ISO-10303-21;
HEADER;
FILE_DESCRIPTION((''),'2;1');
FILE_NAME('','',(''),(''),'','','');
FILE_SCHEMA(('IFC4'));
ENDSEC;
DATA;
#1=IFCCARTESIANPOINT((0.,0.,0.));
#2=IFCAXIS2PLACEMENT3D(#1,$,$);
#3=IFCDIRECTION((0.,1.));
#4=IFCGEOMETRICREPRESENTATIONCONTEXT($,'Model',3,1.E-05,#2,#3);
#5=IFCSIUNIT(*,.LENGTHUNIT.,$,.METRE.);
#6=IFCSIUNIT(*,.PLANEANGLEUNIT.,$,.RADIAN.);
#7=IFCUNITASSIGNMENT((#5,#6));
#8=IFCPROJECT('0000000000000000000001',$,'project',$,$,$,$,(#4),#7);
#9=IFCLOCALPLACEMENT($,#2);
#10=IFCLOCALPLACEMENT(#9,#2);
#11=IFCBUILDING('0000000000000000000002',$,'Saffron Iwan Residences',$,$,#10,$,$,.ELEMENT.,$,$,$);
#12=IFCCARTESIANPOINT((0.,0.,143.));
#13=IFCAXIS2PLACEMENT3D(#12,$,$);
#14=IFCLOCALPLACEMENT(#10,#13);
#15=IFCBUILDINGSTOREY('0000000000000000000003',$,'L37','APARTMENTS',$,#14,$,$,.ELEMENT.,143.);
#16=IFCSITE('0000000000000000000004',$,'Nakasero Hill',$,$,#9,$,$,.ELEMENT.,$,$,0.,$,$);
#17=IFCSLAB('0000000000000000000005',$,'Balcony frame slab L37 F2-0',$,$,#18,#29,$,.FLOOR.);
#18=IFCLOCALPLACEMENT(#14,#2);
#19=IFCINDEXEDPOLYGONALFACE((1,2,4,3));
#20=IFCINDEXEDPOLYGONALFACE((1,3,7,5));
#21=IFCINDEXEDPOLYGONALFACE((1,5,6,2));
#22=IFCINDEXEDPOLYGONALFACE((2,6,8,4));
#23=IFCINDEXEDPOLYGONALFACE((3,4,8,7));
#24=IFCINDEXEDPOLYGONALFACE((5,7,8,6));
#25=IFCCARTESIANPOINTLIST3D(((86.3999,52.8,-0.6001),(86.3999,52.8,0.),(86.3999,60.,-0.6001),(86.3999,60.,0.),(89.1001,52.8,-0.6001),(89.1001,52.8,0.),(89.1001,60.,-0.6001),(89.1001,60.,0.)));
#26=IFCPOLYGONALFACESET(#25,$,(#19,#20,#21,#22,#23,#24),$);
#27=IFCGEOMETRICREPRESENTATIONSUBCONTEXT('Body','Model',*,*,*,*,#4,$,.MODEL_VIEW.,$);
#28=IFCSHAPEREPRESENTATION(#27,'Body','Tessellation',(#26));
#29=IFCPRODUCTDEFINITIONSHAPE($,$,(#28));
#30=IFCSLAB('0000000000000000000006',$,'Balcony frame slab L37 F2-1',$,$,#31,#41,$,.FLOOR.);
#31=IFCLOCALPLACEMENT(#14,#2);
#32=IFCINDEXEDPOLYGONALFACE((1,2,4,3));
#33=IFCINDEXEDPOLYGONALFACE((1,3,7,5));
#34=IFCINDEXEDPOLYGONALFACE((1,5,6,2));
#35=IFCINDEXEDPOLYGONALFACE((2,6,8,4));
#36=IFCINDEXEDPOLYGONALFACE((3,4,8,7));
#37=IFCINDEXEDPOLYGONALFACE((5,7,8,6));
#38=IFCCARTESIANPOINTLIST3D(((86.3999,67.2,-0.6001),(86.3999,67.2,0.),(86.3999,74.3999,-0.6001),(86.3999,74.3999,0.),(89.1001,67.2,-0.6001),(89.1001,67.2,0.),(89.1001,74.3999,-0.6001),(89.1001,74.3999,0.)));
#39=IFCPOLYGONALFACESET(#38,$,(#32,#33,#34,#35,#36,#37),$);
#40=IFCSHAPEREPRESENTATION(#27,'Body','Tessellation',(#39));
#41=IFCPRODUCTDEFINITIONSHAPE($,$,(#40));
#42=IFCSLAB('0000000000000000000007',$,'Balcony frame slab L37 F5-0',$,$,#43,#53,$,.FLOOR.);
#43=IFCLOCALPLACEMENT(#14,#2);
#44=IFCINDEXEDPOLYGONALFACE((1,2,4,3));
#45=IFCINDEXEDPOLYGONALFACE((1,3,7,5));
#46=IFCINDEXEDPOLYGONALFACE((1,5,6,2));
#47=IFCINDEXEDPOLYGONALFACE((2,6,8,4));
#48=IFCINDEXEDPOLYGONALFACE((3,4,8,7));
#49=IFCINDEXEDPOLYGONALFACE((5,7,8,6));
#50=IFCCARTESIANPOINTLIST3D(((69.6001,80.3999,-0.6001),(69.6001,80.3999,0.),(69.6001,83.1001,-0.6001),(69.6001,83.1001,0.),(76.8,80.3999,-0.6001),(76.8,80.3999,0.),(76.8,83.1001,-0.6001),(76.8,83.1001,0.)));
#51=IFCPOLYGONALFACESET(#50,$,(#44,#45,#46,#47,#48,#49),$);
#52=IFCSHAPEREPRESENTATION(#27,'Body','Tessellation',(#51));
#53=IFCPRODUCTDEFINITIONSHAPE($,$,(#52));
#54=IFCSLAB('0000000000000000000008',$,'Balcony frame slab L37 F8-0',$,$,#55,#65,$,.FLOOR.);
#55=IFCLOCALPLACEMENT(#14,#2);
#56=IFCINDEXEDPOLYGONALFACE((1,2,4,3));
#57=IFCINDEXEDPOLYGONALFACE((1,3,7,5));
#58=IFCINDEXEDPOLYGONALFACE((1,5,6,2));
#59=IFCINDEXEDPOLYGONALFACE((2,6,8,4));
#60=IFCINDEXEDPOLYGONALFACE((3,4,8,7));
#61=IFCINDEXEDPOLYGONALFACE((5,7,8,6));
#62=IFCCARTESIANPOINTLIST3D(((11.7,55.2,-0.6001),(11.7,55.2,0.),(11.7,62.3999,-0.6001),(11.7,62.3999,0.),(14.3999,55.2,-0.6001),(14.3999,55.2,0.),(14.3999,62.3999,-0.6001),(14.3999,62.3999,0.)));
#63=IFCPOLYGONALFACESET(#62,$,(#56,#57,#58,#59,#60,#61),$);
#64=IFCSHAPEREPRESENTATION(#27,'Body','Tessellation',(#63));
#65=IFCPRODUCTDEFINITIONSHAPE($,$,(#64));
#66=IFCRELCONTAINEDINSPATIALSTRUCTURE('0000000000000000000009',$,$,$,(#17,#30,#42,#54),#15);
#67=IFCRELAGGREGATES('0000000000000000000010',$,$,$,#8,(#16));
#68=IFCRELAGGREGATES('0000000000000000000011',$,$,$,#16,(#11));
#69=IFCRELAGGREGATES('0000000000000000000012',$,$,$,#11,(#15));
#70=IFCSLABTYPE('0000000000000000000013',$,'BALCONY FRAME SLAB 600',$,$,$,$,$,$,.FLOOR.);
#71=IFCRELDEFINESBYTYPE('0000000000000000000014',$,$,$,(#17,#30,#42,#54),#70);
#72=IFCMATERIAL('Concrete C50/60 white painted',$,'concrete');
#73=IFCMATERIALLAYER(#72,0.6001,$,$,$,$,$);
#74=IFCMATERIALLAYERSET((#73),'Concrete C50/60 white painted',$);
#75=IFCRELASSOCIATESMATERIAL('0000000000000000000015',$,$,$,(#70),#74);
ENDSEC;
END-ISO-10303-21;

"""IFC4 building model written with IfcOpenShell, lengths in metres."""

from ifc_helpers import new_model, si_unit, direction, frame, origin, place, context, subcontext, project, spatial, polyline, outline, extrude, material, layer, layer_set, type_object, element, save


model = new_model("IFC4")

# Units and contexts
model_context = context("Model", 3, precision=1e-05, world=origin(), true_north=direction((0.0, 1.0)))
body_context = subcontext(model_context, "Body", "Model", "MODEL_VIEW")
ifc_project = project(units=[si_unit("LENGTHUNIT", "METRE"), si_unit("PLANEANGLEUNIT", "RADIAN")], contexts=[model_context])

# Site, building, storey
site_placement = place(None, origin())
site = spatial("IfcSite", under=ifc_project, at=site_placement, Name="Nakasero Hill", CompositionType="ELEMENT", RefElevation=0.0)
building_placement = place(site_placement, origin())
building = spatial("IfcBuilding", under=site, at=building_placement, Name="Saffron Iwan Residences", CompositionType="ELEMENT")
storey_placement = place(building_placement, frame((0.0, 0.0, 143.0)))
storey = spatial("IfcBuildingStorey", under=building, at=storey_placement, Name="L37", Description="APARTMENTS", CompositionType="ELEMENT", Elevation=143.0)

# Slabs
ifc_material_1 = material(Name="Concrete C50/60 white painted", Category="concrete")
ifc_layer_1 = layer(ifc_material_1, 0.6001)
ifc_layer_set_1 = layer_set([ifc_layer_1], Name="Concrete C50/60 white painted")
slab_type_1 = type_object("IfcSlabType", Name="BALCONY FRAME SLAB 600", PredefinedType="FLOOR", material=ifc_layer_set_1)
slab_1_placement = place(storey_placement, frame((0.0, 0.0, -0.6001)))
element("IfcSlab", 1, at=slab_1_placement, inside=storey, type_object=slab_type_1, Name="Balcony frame slab L37 F2-0", PredefinedType="FLOOR", context=body_context, shape_type="SweptSolid", body=[
    extrude(outline(polyline([(89.1001, 52.8), (89.1001, 60.0), (86.3999, 60.0), (86.3999, 52.8), (89.1001, 52.8)])), origin(), (0.0, 0.0, 1.0), 0.6001),
])
slab_2_placement = place(storey_placement, frame((0.0, 0.0, -0.6001)))
element("IfcSlab", 2, at=slab_2_placement, inside=storey, type_object=slab_type_1, Name="Balcony frame slab L37 F2-1", PredefinedType="FLOOR", context=body_context, shape_type="SweptSolid", body=[
    extrude(outline(polyline([(89.1001, 67.2), (89.1001, 74.3999), (86.3999, 74.3999), (86.3999, 67.2), (89.1001, 67.2)])), origin(), (0.0, 0.0, 1.0), 0.6001),
])
slab_3_placement = place(storey_placement, frame((0.0, 0.0, -0.6001)))
element("IfcSlab", 3, at=slab_3_placement, inside=storey, type_object=slab_type_1, Name="Balcony frame slab L37 F5-0", PredefinedType="FLOOR", context=body_context, shape_type="SweptSolid", body=[
    extrude(outline(polyline([(76.8, 83.1001), (69.6001, 83.1001), (69.6001, 80.3999), (76.8, 80.3999), (76.8, 83.1001)])), origin(), (0.0, 0.0, 1.0), 0.6001),
])
slab_4_placement = place(storey_placement, frame((0.0, 0.0, -0.6001)))
element("IfcSlab", 4, at=slab_4_placement, inside=storey, type_object=slab_type_1, Name="Balcony frame slab L37 F8-0", PredefinedType="FLOOR", context=body_context, shape_type="SweptSolid", body=[
    extrude(outline(polyline([(11.7, 62.3999), (11.7, 55.2), (14.3999, 55.2), (14.3999, 62.3999), (11.7, 62.3999)])), origin(), (0.0, 0.0, 1.0), 0.6001),
])

save(model, "model.ifc")
